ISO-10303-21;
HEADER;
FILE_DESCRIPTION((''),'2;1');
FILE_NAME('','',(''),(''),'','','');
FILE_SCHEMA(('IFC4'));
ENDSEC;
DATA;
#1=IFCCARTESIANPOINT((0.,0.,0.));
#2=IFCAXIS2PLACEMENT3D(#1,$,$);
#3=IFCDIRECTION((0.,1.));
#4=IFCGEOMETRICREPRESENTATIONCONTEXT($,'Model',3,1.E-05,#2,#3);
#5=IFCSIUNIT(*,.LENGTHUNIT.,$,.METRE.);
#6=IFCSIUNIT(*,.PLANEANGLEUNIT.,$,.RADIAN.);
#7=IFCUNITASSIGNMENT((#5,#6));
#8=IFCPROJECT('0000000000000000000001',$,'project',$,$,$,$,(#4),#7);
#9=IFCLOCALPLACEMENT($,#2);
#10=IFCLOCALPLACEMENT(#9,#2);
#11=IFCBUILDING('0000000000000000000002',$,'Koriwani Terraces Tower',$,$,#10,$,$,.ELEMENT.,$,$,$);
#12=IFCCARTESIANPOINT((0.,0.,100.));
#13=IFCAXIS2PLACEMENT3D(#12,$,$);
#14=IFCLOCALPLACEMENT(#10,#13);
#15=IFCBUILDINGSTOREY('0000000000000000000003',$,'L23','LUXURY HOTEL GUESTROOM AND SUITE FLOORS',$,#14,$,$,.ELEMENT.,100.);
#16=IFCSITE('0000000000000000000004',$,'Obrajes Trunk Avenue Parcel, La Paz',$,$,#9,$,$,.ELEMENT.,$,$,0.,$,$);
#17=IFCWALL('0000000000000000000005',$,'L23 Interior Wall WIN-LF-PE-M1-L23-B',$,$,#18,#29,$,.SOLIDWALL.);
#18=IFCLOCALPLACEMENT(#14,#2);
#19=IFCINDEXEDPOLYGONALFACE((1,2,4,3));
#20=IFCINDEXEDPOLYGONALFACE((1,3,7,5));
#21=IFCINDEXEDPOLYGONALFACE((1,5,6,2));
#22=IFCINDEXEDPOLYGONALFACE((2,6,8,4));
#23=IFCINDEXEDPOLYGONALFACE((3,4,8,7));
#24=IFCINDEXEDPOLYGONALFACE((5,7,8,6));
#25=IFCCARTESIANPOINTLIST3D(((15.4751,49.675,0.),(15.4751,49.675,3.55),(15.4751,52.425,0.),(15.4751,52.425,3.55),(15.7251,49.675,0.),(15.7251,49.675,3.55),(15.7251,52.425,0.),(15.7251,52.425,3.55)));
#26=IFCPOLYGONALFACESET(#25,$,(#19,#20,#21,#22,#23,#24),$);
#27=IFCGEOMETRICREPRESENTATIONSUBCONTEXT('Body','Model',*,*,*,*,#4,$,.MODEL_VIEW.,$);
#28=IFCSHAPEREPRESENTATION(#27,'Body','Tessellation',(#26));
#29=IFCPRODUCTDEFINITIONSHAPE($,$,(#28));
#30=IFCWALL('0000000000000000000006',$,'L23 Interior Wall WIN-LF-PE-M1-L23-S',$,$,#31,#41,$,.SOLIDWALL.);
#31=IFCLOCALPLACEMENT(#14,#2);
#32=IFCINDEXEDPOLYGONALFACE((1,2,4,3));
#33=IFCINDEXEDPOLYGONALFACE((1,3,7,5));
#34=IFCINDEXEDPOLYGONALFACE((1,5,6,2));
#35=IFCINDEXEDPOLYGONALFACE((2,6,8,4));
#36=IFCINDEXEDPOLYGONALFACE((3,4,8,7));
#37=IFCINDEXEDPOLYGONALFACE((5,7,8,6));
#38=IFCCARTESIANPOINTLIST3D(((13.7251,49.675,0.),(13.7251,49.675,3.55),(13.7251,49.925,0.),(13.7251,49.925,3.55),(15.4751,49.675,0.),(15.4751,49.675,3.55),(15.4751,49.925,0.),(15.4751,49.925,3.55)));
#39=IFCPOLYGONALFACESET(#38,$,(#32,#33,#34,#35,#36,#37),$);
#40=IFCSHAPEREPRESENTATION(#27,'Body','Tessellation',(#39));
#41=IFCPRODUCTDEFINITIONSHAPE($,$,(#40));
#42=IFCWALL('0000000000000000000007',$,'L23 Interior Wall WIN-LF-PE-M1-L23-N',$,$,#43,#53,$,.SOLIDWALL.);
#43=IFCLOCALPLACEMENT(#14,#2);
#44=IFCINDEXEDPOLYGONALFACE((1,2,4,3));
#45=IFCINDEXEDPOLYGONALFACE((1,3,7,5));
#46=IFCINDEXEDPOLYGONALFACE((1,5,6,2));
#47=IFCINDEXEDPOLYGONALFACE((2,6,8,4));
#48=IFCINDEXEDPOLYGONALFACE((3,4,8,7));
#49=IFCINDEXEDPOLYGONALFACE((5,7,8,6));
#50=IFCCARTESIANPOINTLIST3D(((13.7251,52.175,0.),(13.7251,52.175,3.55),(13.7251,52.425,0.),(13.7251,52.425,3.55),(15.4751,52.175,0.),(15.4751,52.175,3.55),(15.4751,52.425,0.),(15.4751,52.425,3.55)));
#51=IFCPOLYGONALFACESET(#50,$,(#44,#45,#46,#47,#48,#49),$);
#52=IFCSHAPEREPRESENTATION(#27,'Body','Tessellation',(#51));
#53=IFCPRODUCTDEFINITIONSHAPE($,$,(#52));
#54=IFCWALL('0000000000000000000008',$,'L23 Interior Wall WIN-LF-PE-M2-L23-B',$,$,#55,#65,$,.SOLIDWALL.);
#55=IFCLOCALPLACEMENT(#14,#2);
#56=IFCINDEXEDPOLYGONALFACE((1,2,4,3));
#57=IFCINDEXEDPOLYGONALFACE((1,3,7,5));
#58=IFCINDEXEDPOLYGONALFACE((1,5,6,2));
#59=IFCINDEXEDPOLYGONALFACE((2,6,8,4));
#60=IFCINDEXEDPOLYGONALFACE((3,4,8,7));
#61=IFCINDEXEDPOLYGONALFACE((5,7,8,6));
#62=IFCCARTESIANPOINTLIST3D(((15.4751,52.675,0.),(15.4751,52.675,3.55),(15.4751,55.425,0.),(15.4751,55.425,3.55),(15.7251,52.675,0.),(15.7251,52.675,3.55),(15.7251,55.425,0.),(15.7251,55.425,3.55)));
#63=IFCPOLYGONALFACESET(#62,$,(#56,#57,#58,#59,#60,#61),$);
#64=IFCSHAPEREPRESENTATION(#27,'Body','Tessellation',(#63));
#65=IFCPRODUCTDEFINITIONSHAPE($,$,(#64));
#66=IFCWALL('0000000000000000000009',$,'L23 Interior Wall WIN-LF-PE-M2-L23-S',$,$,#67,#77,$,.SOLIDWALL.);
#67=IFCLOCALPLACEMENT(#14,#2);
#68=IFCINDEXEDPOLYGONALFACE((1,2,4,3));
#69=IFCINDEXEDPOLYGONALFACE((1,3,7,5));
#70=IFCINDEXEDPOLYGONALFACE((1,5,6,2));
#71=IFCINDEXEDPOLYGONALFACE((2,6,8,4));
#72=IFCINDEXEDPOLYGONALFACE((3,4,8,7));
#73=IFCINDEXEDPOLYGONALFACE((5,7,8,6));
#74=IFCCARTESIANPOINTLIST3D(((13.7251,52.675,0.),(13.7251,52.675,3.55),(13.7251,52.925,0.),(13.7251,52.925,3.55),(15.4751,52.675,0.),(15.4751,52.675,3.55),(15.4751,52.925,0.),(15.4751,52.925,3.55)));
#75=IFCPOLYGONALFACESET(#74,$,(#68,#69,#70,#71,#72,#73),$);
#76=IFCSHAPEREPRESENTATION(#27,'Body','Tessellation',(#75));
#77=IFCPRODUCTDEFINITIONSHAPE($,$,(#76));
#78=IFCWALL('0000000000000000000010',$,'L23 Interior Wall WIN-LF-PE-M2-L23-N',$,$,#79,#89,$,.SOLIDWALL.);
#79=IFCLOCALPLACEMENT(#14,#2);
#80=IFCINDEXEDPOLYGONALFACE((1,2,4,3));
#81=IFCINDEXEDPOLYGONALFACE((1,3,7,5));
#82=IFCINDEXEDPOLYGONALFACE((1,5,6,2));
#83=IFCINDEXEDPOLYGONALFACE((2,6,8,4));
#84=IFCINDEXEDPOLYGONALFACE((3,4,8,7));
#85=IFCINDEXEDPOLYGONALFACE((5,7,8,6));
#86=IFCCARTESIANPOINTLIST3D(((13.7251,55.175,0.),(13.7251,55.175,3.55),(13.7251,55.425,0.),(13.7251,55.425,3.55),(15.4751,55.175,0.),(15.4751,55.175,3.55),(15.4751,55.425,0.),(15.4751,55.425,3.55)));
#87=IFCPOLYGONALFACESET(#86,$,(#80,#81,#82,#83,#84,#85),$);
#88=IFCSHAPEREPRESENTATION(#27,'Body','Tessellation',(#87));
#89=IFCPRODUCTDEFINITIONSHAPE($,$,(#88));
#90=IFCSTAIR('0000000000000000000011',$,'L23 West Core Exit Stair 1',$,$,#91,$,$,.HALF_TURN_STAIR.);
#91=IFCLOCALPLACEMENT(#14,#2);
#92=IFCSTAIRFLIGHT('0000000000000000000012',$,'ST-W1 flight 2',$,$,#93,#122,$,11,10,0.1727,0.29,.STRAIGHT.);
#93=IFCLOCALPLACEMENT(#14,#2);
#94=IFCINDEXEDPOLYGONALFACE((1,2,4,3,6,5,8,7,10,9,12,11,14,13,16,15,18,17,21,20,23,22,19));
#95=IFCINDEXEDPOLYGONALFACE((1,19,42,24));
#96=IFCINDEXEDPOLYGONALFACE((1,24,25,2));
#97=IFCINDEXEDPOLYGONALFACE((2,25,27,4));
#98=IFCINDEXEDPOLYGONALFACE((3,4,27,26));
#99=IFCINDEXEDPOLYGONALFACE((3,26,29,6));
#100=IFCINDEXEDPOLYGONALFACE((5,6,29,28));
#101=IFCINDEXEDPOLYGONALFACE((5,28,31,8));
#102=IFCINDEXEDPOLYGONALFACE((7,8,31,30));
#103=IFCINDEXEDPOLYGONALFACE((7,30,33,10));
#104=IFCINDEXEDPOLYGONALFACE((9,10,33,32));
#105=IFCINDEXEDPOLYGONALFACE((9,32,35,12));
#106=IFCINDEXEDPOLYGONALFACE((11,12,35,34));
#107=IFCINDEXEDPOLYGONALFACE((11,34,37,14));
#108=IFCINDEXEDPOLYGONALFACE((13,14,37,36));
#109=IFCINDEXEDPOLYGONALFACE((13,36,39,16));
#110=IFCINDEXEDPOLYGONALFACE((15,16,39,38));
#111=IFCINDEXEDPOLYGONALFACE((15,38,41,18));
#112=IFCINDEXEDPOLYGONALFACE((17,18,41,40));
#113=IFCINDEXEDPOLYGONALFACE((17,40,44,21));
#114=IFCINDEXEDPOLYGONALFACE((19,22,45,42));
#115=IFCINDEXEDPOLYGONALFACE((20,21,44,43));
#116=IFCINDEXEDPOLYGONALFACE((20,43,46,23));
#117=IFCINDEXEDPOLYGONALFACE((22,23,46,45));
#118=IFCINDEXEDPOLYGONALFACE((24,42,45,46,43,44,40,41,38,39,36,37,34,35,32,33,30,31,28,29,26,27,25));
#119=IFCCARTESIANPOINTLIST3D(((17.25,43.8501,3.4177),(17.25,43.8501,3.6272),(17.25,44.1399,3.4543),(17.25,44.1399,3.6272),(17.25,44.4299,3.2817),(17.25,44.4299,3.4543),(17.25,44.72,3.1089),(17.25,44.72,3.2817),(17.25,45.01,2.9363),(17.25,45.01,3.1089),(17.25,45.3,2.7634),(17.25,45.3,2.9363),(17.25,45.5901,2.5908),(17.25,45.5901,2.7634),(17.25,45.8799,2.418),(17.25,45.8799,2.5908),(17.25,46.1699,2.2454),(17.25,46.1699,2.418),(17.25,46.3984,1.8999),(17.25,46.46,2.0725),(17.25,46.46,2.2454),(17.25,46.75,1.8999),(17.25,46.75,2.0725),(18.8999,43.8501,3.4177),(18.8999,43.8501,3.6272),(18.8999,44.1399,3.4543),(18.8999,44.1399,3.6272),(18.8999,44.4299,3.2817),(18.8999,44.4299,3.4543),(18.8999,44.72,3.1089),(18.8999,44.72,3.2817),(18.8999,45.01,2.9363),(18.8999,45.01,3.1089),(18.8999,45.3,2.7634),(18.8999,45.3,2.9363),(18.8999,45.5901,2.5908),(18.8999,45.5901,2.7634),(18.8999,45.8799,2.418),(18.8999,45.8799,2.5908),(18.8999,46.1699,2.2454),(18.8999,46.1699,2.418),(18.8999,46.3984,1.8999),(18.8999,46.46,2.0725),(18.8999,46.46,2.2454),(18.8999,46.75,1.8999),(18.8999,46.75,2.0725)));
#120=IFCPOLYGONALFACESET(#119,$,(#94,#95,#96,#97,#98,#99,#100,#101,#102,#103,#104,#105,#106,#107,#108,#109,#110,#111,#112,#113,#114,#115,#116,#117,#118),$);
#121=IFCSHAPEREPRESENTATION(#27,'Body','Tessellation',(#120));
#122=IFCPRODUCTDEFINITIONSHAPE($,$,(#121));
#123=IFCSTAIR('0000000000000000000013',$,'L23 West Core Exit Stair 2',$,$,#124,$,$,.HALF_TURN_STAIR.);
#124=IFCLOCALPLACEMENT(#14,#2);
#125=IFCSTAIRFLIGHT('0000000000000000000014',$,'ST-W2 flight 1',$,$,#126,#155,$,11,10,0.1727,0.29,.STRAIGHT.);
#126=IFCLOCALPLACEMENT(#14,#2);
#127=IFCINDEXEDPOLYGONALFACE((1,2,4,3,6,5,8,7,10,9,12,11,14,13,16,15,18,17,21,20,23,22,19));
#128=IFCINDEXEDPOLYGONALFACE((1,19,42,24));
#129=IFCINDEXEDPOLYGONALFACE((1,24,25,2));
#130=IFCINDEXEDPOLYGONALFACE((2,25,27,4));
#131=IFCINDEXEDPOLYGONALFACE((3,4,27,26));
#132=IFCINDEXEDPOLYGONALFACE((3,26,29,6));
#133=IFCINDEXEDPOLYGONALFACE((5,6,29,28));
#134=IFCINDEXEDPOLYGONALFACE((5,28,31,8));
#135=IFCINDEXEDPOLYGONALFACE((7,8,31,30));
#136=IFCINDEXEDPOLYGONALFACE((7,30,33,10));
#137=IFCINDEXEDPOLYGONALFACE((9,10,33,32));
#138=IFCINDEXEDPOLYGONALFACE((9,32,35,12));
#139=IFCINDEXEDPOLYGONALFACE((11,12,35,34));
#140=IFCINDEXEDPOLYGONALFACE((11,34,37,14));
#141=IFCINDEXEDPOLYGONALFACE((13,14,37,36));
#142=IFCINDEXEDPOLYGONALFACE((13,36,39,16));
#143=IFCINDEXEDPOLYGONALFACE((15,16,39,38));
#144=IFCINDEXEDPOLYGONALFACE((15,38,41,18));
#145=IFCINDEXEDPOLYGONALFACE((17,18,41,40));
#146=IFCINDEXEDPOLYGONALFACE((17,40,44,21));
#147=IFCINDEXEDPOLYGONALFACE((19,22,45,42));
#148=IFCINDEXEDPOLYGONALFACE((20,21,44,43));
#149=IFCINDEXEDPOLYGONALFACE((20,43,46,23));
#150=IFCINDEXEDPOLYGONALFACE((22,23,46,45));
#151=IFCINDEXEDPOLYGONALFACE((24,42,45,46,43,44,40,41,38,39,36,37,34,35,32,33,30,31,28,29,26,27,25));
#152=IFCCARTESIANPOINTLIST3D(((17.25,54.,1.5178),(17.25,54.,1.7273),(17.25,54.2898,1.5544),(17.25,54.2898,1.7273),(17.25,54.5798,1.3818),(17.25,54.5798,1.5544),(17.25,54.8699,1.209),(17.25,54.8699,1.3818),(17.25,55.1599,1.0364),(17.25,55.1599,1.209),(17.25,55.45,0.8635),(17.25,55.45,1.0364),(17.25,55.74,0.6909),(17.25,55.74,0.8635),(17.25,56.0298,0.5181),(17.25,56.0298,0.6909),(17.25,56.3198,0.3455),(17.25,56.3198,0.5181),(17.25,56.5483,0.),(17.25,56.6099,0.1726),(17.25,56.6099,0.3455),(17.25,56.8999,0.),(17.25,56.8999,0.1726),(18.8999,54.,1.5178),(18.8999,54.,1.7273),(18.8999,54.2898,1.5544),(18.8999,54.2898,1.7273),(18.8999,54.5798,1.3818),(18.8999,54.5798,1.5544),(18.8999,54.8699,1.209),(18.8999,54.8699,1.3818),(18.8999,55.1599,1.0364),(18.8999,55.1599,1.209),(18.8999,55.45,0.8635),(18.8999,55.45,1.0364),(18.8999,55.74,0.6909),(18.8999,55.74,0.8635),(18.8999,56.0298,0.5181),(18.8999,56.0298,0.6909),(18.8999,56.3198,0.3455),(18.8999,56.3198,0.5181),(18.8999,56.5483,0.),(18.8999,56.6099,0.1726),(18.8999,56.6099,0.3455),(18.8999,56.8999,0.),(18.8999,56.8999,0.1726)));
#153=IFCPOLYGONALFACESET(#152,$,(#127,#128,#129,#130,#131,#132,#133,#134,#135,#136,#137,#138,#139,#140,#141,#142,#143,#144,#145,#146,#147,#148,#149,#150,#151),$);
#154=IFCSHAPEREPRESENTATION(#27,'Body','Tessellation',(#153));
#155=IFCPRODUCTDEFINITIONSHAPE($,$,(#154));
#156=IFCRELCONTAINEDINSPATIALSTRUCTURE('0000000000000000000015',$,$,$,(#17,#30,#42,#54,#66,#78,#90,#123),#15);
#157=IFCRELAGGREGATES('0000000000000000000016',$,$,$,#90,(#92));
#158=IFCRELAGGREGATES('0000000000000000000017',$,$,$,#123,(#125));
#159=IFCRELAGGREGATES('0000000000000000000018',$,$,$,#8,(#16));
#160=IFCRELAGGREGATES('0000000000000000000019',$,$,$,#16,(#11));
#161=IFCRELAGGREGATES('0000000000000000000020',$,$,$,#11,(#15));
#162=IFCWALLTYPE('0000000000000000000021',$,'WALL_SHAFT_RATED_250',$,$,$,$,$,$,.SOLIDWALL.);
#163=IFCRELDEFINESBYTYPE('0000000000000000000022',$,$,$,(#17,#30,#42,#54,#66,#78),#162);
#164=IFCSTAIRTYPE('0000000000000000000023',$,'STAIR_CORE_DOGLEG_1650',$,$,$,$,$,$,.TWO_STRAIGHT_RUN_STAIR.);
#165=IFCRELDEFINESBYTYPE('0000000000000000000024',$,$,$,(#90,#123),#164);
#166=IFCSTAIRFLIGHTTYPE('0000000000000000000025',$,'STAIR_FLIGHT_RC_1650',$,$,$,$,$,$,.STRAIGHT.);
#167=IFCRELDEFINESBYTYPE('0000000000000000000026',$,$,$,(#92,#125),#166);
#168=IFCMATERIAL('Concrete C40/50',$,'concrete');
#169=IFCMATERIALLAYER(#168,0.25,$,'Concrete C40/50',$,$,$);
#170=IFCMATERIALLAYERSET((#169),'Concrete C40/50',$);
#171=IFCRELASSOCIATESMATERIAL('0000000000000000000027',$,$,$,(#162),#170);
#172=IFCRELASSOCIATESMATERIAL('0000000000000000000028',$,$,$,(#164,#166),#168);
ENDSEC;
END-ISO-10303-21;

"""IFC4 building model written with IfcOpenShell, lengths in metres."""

from ifc_helpers import new_model, si_unit, direction, frame, frame_2d, origin, place, context, subcontext, project, spatial, polyline, rectangle, outline, extrude, material, layer, layer_set, type_object, element, aggregate, save


model = new_model("IFC4")

# Units and contexts
model_context = context("Model", 3, precision=1e-05, world=origin(), true_north=direction((0.0, 1.0)))
body_context = subcontext(model_context, "Body", "Model", "MODEL_VIEW")
ifc_project = project(units=[si_unit("LENGTHUNIT", "METRE"), si_unit("PLANEANGLEUNIT", "RADIAN")], contexts=[model_context])

# Site, building, storey
site_placement = place(None, origin())
site = spatial("IfcSite", under=ifc_project, at=site_placement, Name="Obrajes Trunk Avenue Parcel, La Paz", CompositionType="ELEMENT", RefElevation=0.0)
building_placement = place(site_placement, origin())
building = spatial("IfcBuilding", under=site, at=building_placement, Name="Koriwani Terraces Tower", CompositionType="ELEMENT")
storey_placement = place(building_placement, frame((0.0, 0.0, 100.0)))
storey = spatial("IfcBuildingStorey", under=building, at=storey_placement, Name="L23", Description="LUXURY HOTEL GUESTROOM AND SUITE FLOORS", CompositionType="ELEMENT", Elevation=100.0)

# Shared definitions
ifc_material_1 = material(Name="Concrete C40/50", Category="concrete")

# Shared definitions
ifc_layer_1 = layer(ifc_material_1, 0.25, Name="Concrete C40/50")
ifc_layer_set_1 = layer_set([ifc_layer_1], Name="Concrete C40/50")
wall_type_1 = type_object("IfcWallType", Name="WALL_SHAFT_RATED_250", PredefinedType="SOLIDWALL", material=ifc_layer_set_1)

# Walls
wall_1_placement = place(storey_placement, frame((15.6001, 49.675, 0.0), z_axis=(0.0, 0.0, 1.0), x_axis=(0.0, 1.0, 0.0)))
element("IfcWall", 1, at=wall_1_placement, inside=storey, type_object=wall_type_1, Name="L23 Interior Wall WIN-LF-PE-M1-L23-B", PredefinedType="SOLIDWALL", context=body_context, shape_type="SweptSolid", body=[
    extrude(rectangle(XDim=2.75, YDim=0.25, at=frame_2d((1.375, 0.0))), origin(), (0.0, 0.0, 1.0), 3.55),
])
for number, where, z_axis, x_axis, name in (
    (2, (13.7251, 49.8, 0.0), (0.0, 0.0, 1.0), (1.0, 0.0, 0.0), "L23 Interior Wall WIN-LF-PE-M1-L23-S"),
    (3, (13.7251, 52.3, 0.0), (0.0, 0.0, 1.0), (1.0, 0.0, 0.0), "L23 Interior Wall WIN-LF-PE-M1-L23-N"),
):
    element("IfcWall", number, at=place(storey_placement, frame(where, z_axis=z_axis, x_axis=x_axis)), inside=storey, type_object=wall_type_1, Name=name, PredefinedType="SOLIDWALL", context=body_context, shape_type="SweptSolid", body=[
        extrude(rectangle(XDim=1.75, YDim=0.25, at=frame_2d((0.875, 0.0))), origin(), (0.0, 0.0, 1.0), 3.55),
    ])

# Walls
wall_2_placement = place(storey_placement, frame((15.6001, 52.675, 0.0), z_axis=(0.0, 0.0, 1.0), x_axis=(0.0, 1.0, 0.0)))
element("IfcWall", 4, at=wall_2_placement, inside=storey, type_object=wall_type_1, Name="L23 Interior Wall WIN-LF-PE-M2-L23-B", PredefinedType="SOLIDWALL", context=body_context, shape_type="SweptSolid", body=[
    extrude(rectangle(XDim=2.75, YDim=0.25, at=frame_2d((1.375, 0.0))), origin(), (0.0, 0.0, 1.0), 3.55),
])
for number, where, z_axis, x_axis, name in (
    (5, (13.7251, 52.8, 0.0), (0.0, 0.0, 1.0), (1.0, 0.0, 0.0), "L23 Interior Wall WIN-LF-PE-M2-L23-S"),
    (6, (13.7251, 55.3, 0.0), (0.0, 0.0, 1.0), (1.0, 0.0, 0.0), "L23 Interior Wall WIN-LF-PE-M2-L23-N"),
):
    element("IfcWall", number, at=place(storey_placement, frame(where, z_axis=z_axis, x_axis=x_axis)), inside=storey, type_object=wall_type_1, Name=name, PredefinedType="SOLIDWALL", context=body_context, shape_type="SweptSolid", body=[
        extrude(rectangle(XDim=1.75, YDim=0.25, at=frame_2d((0.875, 0.0))), origin(), (0.0, 0.0, 1.0), 3.55),
    ])

# Stairs, stair flights
stair_type = type_object("IfcStairType", Name="STAIR_CORE_DOGLEG_1650", PredefinedType="TWO_STRAIGHT_RUN_STAIR", material=ifc_material_1)
stair_1_placement = place(storey_placement, origin())
stair_1 = element("IfcStair", 7, at=stair_1_placement, inside=storey, type_object=stair_type, Name="L23 West Core Exit Stair 1", PredefinedType="HALF_TURN_STAIR")
stair_flight_type = type_object("IfcStairFlightType", Name="STAIR_FLIGHT_RC_1650", PredefinedType="STRAIGHT", material=ifc_material_1)
stair_flight_1_placement = place(storey_placement, frame((18.075, 46.75, 1.8999), z_axis=(0.0, 0.0, 1.0), x_axis=(0.0, -1.0, 0.0)))
stair_flight_1 = element("IfcStairFlight", 8, at=stair_flight_1_placement, type_object=stair_flight_type, Name="ST-W1 flight 2", NumberOfRisers=11, NumberOfTreads=10, PredefinedType="STRAIGHT", RiserHeight=0.1727, TreadLength=0.29, context=body_context, shape_type="SweptSolid", body=[
    extrude(outline(polyline([(0.0, 0.0), (0.0, 0.1726), (0.29, 0.1726), (0.29, 0.3455), (0.5801, 0.3455), (0.5801, 0.5181), (0.8701, 0.5181), (0.8701, 0.6909), (1.1599, 0.6909), (1.1599, 0.8635), (1.45, 0.8635), (1.45, 1.0364), (1.74, 1.0364), (1.74, 1.209), (2.03, 1.209), (2.03, 1.3818), (2.3201, 1.3818), (2.3201, 1.5544), (2.6101, 1.5544), (2.6101, 1.7273), (2.8999, 1.7273), (2.8999, 1.8999), (2.8999, 1.5178), (0.3516, 0.0), (0.0, 0.0)])), frame((0.0, 0.825, 0.0), z_axis=(0.0, -1.0, 0.0), x_axis=(1.0, 0.0, 0.0)), (0.0, 0.0, 1.0), 1.6499),
])
aggregate(stair_1, [stair_flight_1])
stair_2_placement = place(storey_placement, origin())
stair_2 = element("IfcStair", 9, at=stair_2_placement, inside=storey, type_object=stair_type, Name="L23 West Core Exit Stair 2", PredefinedType="HALF_TURN_STAIR")
stair_flight_2_placement = place(storey_placement, frame((18.075, 56.8999, 0.0), z_axis=(0.0, 0.0, 1.0), x_axis=(0.0, -1.0, 0.0)))
stair_flight_2 = element("IfcStairFlight", 10, at=stair_flight_2_placement, type_object=stair_flight_type, Name="ST-W2 flight 1", NumberOfRisers=11, NumberOfTreads=10, PredefinedType="STRAIGHT", RiserHeight=0.1727, TreadLength=0.29, context=body_context, shape_type="SweptSolid", body=[
    extrude(outline(polyline([(0.0, 0.0), (0.0, 0.1726), (0.29, 0.1726), (0.29, 0.3455), (0.5801, 0.3455), (0.5801, 0.5181), (0.8701, 0.5181), (0.8701, 0.6909), (1.1599, 0.6909), (1.1599, 0.8635), (1.45, 0.8635), (1.45, 1.0364), (1.74, 1.0364), (1.74, 1.209), (2.03, 1.209), (2.03, 1.3818), (2.3201, 1.3818), (2.3201, 1.5544), (2.6101, 1.5544), (2.6101, 1.7273), (2.8999, 1.7273), (2.8999, 1.8999), (2.8999, 1.5178), (0.3516, 0.0), (0.0, 0.0)])), frame((0.0, 0.825, 0.0), z_axis=(0.0, -1.0, 0.0), x_axis=(1.0, 0.0, 0.0)), (0.0, 0.0, 1.0), 1.6499),
])
aggregate(stair_2, [stair_flight_2])

save(model, "model.ifc")
